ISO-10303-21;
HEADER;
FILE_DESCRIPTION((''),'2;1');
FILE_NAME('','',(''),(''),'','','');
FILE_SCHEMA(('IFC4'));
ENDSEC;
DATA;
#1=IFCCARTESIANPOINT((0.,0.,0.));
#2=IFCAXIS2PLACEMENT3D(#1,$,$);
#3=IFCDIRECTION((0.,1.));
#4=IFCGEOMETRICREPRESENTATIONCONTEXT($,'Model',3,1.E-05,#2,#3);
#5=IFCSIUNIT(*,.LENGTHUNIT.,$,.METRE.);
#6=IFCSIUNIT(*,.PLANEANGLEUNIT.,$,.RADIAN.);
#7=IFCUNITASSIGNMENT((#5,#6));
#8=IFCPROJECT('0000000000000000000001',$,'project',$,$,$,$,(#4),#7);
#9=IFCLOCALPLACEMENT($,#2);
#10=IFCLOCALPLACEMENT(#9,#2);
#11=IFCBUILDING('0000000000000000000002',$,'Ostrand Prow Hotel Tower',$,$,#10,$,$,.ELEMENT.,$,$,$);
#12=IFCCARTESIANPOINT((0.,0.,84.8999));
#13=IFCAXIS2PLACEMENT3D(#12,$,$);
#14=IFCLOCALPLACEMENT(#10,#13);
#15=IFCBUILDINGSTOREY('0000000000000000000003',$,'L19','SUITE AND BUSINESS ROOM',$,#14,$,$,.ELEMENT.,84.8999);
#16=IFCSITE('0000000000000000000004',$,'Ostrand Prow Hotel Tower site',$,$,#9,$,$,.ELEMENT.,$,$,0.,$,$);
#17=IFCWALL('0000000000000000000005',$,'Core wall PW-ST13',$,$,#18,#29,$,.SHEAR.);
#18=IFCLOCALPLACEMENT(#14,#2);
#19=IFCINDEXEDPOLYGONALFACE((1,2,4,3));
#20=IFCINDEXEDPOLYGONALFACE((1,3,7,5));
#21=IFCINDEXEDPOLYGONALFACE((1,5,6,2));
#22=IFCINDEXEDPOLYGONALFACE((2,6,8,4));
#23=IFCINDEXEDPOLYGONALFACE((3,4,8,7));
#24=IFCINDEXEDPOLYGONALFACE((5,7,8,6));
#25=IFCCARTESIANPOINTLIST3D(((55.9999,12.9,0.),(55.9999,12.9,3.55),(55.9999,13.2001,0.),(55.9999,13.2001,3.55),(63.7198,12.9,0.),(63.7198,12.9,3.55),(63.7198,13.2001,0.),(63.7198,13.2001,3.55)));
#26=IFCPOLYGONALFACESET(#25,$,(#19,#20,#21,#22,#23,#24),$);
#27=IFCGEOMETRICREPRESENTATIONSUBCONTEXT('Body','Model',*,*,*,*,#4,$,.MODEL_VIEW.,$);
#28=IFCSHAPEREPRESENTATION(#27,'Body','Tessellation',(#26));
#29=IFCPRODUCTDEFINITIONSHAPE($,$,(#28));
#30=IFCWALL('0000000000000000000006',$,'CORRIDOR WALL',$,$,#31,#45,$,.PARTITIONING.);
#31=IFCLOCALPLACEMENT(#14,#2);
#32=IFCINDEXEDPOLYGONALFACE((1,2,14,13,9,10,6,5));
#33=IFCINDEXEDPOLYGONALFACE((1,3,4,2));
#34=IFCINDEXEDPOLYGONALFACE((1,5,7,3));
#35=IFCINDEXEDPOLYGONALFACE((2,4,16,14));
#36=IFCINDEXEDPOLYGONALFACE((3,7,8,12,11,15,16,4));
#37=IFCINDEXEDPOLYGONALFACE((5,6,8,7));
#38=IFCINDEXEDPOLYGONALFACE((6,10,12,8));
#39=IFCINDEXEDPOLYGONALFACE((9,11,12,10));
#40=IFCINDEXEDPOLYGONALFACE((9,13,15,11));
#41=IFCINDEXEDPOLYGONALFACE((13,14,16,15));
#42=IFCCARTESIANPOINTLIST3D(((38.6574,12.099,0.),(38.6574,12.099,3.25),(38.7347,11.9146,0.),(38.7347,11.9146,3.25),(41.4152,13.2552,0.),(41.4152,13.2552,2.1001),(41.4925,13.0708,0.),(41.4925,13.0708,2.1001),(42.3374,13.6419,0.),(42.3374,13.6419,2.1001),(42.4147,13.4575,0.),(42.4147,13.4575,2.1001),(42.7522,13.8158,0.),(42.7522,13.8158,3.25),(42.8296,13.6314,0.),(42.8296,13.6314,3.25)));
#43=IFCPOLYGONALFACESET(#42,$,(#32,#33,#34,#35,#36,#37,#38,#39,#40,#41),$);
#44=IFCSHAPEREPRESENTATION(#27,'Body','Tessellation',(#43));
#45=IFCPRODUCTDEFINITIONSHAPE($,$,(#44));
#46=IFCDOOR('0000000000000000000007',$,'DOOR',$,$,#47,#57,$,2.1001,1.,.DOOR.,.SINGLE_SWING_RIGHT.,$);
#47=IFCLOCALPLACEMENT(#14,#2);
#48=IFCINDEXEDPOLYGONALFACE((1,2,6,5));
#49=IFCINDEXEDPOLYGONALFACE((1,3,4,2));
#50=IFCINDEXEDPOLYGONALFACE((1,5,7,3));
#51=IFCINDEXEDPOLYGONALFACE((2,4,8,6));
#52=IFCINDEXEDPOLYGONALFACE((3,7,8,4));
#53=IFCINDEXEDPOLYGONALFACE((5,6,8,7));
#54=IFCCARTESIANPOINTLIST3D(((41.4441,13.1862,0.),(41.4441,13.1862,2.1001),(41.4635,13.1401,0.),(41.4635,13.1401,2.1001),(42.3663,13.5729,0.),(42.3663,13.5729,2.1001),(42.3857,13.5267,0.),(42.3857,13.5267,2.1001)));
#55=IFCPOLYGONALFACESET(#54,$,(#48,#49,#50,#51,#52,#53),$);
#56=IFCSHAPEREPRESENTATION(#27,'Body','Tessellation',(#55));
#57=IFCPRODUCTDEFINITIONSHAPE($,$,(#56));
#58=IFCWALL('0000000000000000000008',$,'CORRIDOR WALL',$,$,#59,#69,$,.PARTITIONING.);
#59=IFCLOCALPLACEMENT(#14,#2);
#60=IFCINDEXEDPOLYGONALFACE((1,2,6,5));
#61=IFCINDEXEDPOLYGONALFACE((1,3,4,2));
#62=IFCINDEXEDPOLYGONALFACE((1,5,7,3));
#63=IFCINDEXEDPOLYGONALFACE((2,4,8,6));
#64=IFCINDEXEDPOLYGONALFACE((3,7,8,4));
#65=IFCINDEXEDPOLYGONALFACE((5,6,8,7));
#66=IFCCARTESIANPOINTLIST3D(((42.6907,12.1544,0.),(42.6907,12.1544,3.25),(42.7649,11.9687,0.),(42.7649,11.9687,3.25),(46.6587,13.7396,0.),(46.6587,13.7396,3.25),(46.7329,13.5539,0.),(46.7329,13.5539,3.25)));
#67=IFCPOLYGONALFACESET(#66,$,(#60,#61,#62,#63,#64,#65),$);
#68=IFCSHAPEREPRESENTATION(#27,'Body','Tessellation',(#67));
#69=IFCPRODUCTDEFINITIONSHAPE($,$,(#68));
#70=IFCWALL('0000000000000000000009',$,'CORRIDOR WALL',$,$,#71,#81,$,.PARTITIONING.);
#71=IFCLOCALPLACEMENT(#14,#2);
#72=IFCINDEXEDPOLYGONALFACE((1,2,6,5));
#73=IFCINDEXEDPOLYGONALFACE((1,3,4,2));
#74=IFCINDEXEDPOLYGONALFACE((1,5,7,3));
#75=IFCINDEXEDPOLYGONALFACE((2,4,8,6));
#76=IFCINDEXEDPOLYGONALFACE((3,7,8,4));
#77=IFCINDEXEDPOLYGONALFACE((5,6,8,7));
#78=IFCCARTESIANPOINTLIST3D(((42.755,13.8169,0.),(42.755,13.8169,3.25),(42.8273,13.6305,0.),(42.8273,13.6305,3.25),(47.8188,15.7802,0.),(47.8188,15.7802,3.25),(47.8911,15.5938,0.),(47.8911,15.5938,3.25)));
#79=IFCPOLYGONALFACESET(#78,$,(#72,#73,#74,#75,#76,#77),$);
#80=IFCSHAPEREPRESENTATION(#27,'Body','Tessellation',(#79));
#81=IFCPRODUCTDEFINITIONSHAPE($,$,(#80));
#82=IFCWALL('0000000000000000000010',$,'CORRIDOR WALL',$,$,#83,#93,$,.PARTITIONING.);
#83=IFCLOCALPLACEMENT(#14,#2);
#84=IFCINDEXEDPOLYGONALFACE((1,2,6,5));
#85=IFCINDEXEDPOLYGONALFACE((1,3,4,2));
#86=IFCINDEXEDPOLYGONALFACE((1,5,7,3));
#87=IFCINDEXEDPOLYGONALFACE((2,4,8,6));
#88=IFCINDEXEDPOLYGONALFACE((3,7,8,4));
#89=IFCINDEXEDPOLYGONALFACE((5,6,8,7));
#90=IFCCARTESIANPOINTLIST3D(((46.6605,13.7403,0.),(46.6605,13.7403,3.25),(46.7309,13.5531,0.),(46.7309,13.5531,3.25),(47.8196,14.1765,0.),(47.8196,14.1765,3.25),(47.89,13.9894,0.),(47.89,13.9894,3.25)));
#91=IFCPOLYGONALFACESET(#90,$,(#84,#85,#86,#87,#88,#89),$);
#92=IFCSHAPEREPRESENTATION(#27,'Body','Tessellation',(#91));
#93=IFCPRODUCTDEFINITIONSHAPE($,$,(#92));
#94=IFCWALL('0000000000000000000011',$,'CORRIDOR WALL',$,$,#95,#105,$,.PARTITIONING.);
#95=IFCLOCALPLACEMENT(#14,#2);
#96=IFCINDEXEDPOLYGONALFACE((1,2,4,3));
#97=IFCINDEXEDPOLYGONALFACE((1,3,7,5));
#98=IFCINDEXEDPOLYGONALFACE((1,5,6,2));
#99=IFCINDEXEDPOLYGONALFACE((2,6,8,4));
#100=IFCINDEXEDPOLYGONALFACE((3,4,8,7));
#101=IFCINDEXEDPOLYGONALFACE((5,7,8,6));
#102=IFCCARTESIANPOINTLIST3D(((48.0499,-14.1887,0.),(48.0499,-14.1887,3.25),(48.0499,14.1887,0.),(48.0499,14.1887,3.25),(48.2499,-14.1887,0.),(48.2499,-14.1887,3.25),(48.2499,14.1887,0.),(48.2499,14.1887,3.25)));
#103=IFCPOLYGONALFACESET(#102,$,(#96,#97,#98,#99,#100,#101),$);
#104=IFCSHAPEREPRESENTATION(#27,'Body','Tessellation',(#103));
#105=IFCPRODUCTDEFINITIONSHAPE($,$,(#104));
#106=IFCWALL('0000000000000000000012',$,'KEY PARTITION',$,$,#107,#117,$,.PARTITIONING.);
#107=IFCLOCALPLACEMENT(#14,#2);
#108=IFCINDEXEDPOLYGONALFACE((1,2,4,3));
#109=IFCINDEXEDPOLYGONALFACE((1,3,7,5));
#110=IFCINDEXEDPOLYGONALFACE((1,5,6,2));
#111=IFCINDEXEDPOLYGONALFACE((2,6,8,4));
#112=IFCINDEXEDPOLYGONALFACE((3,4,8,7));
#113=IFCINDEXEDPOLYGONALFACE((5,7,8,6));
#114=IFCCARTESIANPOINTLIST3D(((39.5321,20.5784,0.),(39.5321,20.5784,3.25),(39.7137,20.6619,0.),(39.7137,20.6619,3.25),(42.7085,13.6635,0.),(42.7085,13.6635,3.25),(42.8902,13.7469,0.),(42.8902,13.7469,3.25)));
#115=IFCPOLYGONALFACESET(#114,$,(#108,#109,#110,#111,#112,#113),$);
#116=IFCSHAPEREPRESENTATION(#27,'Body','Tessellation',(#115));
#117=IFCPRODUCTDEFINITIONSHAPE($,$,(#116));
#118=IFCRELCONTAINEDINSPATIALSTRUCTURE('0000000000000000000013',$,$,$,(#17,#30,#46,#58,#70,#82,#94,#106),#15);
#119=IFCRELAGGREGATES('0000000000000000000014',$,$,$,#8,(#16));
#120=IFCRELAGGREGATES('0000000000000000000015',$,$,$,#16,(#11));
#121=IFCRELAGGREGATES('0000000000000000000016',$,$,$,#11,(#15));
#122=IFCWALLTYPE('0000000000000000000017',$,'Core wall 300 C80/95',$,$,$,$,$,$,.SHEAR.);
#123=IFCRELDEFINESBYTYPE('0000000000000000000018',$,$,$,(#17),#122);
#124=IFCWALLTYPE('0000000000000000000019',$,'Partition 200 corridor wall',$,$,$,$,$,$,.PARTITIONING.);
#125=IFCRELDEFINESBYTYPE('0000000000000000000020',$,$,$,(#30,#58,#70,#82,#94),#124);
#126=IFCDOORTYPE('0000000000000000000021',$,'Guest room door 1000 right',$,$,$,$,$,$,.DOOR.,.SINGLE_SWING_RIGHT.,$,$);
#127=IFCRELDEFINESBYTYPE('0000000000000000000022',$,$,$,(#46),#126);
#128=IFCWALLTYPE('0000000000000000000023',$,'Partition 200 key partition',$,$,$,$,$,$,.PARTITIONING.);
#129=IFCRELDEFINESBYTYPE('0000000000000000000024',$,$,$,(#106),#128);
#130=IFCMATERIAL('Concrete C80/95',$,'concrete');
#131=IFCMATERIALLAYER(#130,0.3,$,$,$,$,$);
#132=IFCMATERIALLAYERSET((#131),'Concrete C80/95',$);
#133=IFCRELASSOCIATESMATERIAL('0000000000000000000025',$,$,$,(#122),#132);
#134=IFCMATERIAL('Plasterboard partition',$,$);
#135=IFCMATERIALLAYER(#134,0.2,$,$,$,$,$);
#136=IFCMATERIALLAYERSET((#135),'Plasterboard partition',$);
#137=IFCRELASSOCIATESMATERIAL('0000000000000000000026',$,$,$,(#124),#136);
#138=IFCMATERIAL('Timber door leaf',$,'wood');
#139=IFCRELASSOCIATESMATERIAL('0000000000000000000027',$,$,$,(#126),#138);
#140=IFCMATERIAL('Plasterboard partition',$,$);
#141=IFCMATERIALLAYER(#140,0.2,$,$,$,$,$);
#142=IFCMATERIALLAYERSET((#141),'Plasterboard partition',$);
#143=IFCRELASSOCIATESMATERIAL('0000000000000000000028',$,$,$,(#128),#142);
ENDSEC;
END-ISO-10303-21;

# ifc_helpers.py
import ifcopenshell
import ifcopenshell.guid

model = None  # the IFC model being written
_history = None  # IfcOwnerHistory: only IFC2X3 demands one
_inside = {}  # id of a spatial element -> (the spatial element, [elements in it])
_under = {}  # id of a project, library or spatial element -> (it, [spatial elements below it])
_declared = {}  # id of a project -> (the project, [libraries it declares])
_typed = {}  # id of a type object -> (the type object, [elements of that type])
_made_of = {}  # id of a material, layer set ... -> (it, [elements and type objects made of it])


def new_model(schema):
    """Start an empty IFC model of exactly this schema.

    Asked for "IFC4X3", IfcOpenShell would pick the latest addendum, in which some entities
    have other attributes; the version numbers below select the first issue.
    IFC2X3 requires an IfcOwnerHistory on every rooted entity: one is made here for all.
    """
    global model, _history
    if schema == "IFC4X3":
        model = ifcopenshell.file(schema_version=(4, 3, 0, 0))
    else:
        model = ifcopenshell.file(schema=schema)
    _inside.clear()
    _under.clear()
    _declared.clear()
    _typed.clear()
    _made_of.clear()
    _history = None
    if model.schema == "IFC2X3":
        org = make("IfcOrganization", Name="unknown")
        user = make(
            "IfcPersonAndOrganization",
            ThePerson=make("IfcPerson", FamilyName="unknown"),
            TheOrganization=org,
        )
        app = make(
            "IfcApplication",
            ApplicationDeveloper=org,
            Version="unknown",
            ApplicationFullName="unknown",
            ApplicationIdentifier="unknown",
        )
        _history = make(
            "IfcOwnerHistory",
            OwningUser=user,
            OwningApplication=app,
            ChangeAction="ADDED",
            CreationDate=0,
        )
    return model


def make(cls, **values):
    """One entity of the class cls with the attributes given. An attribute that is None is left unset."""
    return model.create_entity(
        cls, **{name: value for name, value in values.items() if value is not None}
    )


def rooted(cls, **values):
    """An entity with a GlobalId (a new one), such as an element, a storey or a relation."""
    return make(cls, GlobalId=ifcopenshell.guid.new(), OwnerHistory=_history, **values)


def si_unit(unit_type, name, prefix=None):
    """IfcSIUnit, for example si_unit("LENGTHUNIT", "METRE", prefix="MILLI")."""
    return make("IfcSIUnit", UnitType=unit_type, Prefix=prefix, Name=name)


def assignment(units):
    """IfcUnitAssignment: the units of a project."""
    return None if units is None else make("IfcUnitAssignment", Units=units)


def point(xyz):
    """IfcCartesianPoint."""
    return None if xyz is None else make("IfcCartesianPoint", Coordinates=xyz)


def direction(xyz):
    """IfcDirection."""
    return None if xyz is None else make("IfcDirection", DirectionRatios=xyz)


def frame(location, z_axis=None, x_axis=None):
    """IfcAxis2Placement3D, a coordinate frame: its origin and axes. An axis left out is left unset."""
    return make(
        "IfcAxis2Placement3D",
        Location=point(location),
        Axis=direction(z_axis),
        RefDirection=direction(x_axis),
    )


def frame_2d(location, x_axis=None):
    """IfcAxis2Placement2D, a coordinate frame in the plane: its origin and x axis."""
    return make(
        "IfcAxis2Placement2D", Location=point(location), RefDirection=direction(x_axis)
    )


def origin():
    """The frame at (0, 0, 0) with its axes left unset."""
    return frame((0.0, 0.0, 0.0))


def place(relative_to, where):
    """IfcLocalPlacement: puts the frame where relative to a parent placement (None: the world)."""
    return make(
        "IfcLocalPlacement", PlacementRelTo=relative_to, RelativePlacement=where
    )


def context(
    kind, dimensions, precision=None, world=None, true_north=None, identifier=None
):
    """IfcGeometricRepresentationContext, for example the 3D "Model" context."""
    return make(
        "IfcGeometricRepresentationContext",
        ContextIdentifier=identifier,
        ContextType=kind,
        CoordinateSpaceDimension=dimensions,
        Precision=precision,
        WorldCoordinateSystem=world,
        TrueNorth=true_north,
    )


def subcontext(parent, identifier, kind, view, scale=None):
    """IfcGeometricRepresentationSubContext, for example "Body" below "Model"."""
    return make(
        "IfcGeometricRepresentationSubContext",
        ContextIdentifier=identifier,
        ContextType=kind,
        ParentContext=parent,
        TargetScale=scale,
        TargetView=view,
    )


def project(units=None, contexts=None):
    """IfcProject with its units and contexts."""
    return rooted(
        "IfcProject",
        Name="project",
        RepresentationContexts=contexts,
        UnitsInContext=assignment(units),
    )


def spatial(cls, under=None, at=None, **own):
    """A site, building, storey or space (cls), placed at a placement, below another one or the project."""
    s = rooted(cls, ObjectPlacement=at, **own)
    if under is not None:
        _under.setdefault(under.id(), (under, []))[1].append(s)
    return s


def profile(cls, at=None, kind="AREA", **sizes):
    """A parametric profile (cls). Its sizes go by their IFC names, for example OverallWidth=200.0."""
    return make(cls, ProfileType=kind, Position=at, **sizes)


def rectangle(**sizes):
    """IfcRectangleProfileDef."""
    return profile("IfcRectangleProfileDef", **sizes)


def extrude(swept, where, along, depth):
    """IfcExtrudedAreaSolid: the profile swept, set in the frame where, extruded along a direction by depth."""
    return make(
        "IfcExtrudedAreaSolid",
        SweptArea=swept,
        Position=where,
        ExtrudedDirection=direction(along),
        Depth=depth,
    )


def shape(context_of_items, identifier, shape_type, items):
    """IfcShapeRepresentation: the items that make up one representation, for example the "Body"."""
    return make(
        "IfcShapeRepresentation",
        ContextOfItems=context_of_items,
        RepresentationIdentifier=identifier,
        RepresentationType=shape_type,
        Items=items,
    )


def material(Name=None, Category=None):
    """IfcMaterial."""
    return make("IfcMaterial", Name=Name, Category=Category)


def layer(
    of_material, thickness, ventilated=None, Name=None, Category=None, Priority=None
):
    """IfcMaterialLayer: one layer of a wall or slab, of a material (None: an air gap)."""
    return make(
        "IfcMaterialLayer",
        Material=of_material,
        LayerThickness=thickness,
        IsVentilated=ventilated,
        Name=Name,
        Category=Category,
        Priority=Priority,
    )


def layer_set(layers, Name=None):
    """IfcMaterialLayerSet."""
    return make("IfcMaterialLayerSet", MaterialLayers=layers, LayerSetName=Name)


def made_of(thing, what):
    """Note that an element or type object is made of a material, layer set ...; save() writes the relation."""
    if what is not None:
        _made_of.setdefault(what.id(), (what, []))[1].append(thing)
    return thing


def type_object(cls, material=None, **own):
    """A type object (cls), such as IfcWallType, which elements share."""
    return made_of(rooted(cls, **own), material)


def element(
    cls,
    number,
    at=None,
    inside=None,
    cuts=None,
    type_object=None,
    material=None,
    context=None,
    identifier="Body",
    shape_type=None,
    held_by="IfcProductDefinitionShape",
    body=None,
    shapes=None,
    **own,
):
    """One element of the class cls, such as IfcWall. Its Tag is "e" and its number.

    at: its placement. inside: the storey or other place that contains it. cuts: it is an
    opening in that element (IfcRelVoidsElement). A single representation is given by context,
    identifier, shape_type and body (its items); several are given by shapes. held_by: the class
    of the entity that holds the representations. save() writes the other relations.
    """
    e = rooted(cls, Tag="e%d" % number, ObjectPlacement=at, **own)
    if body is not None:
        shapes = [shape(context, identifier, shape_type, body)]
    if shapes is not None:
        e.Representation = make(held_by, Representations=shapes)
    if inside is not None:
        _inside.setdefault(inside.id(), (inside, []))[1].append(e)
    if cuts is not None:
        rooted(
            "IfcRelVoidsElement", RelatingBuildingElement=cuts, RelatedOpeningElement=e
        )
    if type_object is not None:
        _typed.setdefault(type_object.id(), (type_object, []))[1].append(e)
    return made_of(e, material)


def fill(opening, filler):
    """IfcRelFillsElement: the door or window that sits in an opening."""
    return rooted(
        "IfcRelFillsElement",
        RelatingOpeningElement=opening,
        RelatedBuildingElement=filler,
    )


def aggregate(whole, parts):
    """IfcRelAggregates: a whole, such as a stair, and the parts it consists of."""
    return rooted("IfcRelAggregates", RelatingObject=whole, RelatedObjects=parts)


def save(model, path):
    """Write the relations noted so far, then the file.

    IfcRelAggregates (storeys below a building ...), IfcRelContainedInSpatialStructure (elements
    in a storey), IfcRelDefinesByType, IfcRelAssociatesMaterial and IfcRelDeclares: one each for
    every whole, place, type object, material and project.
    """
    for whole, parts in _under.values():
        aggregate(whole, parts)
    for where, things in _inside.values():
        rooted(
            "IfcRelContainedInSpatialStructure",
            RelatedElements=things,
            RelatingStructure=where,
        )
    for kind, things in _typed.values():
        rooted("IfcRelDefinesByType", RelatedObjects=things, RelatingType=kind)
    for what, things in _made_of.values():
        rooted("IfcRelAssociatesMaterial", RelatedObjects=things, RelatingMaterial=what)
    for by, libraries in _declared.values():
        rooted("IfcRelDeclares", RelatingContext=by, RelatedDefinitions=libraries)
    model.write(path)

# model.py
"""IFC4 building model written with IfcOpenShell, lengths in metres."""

from ifc_helpers import new_model, si_unit, direction, frame, frame_2d, origin, place, context, subcontext, project, spatial, rectangle, extrude, material, layer, layer_set, type_object, element, fill, save


model = new_model("IFC4")

# Units and contexts
model_context = context("Model", 3, precision=1e-05, world=origin(), true_north=direction((0.0, 1.0)))
body_context = subcontext(model_context, "Body", "Model", "MODEL_VIEW")
ifc_project = project(units=[si_unit("LENGTHUNIT", "METRE"), si_unit("PLANEANGLEUNIT", "RADIAN")], contexts=[model_context])

# Site, building, storey
site_placement = place(None, origin())
site = spatial("IfcSite", under=ifc_project, at=site_placement, Name="Ostrand Prow Hotel Tower site", CompositionType="ELEMENT", RefElevation=0.0)
building_placement = place(site_placement, origin())
building = spatial("IfcBuilding", under=site, at=building_placement, Name="Ostrand Prow Hotel Tower", CompositionType="ELEMENT")
storey_placement = place(building_placement, frame((0.0, 0.0, 84.8999)))
storey = spatial("IfcBuildingStorey", under=building, at=storey_placement, Name="L19", Description="SUITE AND BUSINESS ROOM", CompositionType="ELEMENT", Elevation=84.8999)

# Wall
ifc_material_1 = material(Name="Concrete C80/95", Category="concrete")
ifc_layer_1 = layer(ifc_material_1, 0.3)
ifc_layer_set_1 = layer_set([ifc_layer_1], Name="Concrete C80/95")
wall_type_1 = type_object("IfcWallType", Name="Core wall 300 C80/95", PredefinedType="SHEAR", material=ifc_layer_set_1)
wall_1_placement = place(storey_placement, frame((56.0, 13.05, 0.0), z_axis=(0.0, 0.0, 1.0), x_axis=(1.0, 0.0, 0.0)))
element("IfcWall", 1, at=wall_1_placement, inside=storey, type_object=wall_type_1, Name="Core wall PW-ST13", PredefinedType="SHEAR", context=body_context, shape_type="SweptSolid", body=[
    extrude(rectangle(XDim=7.72, YDim=0.3, at=frame_2d((3.8599, 0.0))), origin(), (0.0, 0.0, 1.0), 3.55),
])

# Wall, opening, door
ifc_material_2 = material(Name="Plasterboard partition")
ifc_layer_2 = layer(ifc_material_2, 0.2)
ifc_layer_set_2 = layer_set([ifc_layer_2], Name="Plasterboard partition")
wall_type_2 = type_object("IfcWallType", Name="Partition 200 corridor wall", PredefinedType="PARTITIONING", material=ifc_layer_set_2)
wall_2_placement = place(storey_placement, frame((42.791, 13.7236, 0.0), z_axis=(0.0, 0.0, 1.0), x_axis=(-0.92223, -0.386641, 0.0)))
wall_2 = element("IfcWall", 2, at=wall_2_placement, inside=storey, type_object=wall_type_2, Name="CORRIDOR WALL", PredefinedType="PARTITIONING", context=body_context, shape_type="SweptSolid", body=[
    extrude(rectangle(XDim=4.4402, YDim=0.2, at=frame_2d((2.2202, 0.0))), origin(), (0.0, 0.0, 1.0), 3.25),
])
opening_placement = place(wall_2_placement, frame((0.45, 0.0, 0.0)))
opening = element("IfcOpeningElement", 3, at=opening_placement, cuts=wall_2, PredefinedType="OPENING", context=body_context, shape_type="SweptSolid", body=[
    extrude(rectangle(XDim=1.0, YDim=2.1001, at=frame_2d((0.5, 1.05))), frame((0.0, 0.1099, 0.0), z_axis=(0.0, -1.0, 0.0), x_axis=(1.0, 0.0, 0.0)), (0.0, 0.0, 1.0), 0.22),
])
ifc_material_3 = material(Name="Timber door leaf", Category="wood")
door_type = type_object("IfcDoorType", Name="Guest room door 1000 right", OperationType="SINGLE_SWING_RIGHT", PredefinedType="DOOR", material=ifc_material_3)
door_placement = place(opening_placement, origin())
door = element("IfcDoor", 4, at=door_placement, inside=storey, type_object=door_type, Name="DOOR", OperationType="SINGLE_SWING_RIGHT", OverallHeight=2.1001, OverallWidth=1.0, PredefinedType="DOOR", context=body_context, shape_type="SweptSolid", body=[
    extrude(rectangle(XDim=1.0, YDim=2.1001, at=frame_2d((0.5, 1.05))), frame((0.0, 0.0249, 0.0), z_axis=(0.0, -1.0, 0.0), x_axis=(1.0, 0.0, 0.0)), (0.0, 0.0, 1.0), 0.05),
])
fill(opening, door)

# Walls
wall_3_placement = place(storey_placement, frame((42.7278, 12.0615, 0.0), z_axis=(0.0, 0.0, 1.0), x_axis=(0.928638, 0.370987, 0.0)))
element("IfcWall", 5, at=wall_3_placement, inside=storey, type_object=wall_type_2, Name="CORRIDOR WALL", PredefinedType="PARTITIONING", context=body_context, shape_type="SweptSolid", body=[
    extrude(rectangle(XDim=4.2729, YDim=0.2, at=frame_2d((2.1365, 0.0))), origin(), (0.0, 0.0, 1.0), 3.25),
])
wall_4_placement = place(storey_placement, frame((47.855, 15.687, 0.0), z_axis=(0.0, 0.0, 1.0), x_axis=(-0.932374, -0.361496, 0.0)))
element("IfcWall", 6, at=wall_4_placement, inside=storey, type_object=wall_type_2, Name="CORRIDOR WALL", PredefinedType="PARTITIONING", context=body_context, shape_type="SweptSolid", body=[
    extrude(rectangle(XDim=5.4312, YDim=0.2, at=frame_2d((2.7156, 0.0))), origin(), (0.0, 0.0, 1.0), 3.25),
])
wall_5_placement = place(storey_placement, frame((46.6958, 13.6467, 0.0), z_axis=(0.0, 0.0, 1.0), x_axis=(0.935907, 0.352246, 0.0)))
element("IfcWall", 7, at=wall_5_placement, inside=storey, type_object=wall_type_2, Name="CORRIDOR WALL", PredefinedType="PARTITIONING", context=body_context, shape_type="SweptSolid", body=[
    extrude(rectangle(XDim=1.2385, YDim=0.2, at=frame_2d((0.6191, 0.0))), origin(), (0.0, 0.0, 1.0), 3.25),
])
wall_6_placement = place(storey_placement, frame((48.1499, 14.1887, 0.0), z_axis=(0.0, 0.0, 1.0), x_axis=(0.0, -1.0, 0.0)))
element("IfcWall", 8, at=wall_6_placement, inside=storey, type_object=wall_type_2, Name="CORRIDOR WALL", PredefinedType="PARTITIONING", context=body_context, shape_type="SweptSolid", body=[
    extrude(rectangle(XDim=28.3774, YDim=0.2, at=frame_2d((14.1887, 0.0))), origin(), (0.0, 0.0, 1.0), 3.25),
])
ifc_material_4 = material(Name="Plasterboard partition")
ifc_layer_3 = layer(ifc_material_4, 0.2)
ifc_layer_set_3 = layer_set([ifc_layer_3], Name="Plasterboard partition")
wall_type_3 = type_object("IfcWallType", Name="Partition 200 key partition", PredefinedType="PARTITIONING", material=ifc_layer_set_3)
wall_7_placement = place(storey_placement, frame((42.7993, 13.7053, 0.0), z_axis=(0.0, 0.0, 1.0), x_axis=(-0.417428, 0.90871, 0.0)))
element("IfcWall", 9, at=wall_7_placement, inside=storey, type_object=wall_type_3, Name="KEY PARTITION", PredefinedType="PARTITIONING", context=body_context, shape_type="SweptSolid", body=[
    extrude(rectangle(XDim=7.6096, YDim=0.2, at=frame_2d((3.8047, 0.0))), origin(), (0.0, 0.0, 1.0), 3.25),
])

save(model, "model.ifc")
